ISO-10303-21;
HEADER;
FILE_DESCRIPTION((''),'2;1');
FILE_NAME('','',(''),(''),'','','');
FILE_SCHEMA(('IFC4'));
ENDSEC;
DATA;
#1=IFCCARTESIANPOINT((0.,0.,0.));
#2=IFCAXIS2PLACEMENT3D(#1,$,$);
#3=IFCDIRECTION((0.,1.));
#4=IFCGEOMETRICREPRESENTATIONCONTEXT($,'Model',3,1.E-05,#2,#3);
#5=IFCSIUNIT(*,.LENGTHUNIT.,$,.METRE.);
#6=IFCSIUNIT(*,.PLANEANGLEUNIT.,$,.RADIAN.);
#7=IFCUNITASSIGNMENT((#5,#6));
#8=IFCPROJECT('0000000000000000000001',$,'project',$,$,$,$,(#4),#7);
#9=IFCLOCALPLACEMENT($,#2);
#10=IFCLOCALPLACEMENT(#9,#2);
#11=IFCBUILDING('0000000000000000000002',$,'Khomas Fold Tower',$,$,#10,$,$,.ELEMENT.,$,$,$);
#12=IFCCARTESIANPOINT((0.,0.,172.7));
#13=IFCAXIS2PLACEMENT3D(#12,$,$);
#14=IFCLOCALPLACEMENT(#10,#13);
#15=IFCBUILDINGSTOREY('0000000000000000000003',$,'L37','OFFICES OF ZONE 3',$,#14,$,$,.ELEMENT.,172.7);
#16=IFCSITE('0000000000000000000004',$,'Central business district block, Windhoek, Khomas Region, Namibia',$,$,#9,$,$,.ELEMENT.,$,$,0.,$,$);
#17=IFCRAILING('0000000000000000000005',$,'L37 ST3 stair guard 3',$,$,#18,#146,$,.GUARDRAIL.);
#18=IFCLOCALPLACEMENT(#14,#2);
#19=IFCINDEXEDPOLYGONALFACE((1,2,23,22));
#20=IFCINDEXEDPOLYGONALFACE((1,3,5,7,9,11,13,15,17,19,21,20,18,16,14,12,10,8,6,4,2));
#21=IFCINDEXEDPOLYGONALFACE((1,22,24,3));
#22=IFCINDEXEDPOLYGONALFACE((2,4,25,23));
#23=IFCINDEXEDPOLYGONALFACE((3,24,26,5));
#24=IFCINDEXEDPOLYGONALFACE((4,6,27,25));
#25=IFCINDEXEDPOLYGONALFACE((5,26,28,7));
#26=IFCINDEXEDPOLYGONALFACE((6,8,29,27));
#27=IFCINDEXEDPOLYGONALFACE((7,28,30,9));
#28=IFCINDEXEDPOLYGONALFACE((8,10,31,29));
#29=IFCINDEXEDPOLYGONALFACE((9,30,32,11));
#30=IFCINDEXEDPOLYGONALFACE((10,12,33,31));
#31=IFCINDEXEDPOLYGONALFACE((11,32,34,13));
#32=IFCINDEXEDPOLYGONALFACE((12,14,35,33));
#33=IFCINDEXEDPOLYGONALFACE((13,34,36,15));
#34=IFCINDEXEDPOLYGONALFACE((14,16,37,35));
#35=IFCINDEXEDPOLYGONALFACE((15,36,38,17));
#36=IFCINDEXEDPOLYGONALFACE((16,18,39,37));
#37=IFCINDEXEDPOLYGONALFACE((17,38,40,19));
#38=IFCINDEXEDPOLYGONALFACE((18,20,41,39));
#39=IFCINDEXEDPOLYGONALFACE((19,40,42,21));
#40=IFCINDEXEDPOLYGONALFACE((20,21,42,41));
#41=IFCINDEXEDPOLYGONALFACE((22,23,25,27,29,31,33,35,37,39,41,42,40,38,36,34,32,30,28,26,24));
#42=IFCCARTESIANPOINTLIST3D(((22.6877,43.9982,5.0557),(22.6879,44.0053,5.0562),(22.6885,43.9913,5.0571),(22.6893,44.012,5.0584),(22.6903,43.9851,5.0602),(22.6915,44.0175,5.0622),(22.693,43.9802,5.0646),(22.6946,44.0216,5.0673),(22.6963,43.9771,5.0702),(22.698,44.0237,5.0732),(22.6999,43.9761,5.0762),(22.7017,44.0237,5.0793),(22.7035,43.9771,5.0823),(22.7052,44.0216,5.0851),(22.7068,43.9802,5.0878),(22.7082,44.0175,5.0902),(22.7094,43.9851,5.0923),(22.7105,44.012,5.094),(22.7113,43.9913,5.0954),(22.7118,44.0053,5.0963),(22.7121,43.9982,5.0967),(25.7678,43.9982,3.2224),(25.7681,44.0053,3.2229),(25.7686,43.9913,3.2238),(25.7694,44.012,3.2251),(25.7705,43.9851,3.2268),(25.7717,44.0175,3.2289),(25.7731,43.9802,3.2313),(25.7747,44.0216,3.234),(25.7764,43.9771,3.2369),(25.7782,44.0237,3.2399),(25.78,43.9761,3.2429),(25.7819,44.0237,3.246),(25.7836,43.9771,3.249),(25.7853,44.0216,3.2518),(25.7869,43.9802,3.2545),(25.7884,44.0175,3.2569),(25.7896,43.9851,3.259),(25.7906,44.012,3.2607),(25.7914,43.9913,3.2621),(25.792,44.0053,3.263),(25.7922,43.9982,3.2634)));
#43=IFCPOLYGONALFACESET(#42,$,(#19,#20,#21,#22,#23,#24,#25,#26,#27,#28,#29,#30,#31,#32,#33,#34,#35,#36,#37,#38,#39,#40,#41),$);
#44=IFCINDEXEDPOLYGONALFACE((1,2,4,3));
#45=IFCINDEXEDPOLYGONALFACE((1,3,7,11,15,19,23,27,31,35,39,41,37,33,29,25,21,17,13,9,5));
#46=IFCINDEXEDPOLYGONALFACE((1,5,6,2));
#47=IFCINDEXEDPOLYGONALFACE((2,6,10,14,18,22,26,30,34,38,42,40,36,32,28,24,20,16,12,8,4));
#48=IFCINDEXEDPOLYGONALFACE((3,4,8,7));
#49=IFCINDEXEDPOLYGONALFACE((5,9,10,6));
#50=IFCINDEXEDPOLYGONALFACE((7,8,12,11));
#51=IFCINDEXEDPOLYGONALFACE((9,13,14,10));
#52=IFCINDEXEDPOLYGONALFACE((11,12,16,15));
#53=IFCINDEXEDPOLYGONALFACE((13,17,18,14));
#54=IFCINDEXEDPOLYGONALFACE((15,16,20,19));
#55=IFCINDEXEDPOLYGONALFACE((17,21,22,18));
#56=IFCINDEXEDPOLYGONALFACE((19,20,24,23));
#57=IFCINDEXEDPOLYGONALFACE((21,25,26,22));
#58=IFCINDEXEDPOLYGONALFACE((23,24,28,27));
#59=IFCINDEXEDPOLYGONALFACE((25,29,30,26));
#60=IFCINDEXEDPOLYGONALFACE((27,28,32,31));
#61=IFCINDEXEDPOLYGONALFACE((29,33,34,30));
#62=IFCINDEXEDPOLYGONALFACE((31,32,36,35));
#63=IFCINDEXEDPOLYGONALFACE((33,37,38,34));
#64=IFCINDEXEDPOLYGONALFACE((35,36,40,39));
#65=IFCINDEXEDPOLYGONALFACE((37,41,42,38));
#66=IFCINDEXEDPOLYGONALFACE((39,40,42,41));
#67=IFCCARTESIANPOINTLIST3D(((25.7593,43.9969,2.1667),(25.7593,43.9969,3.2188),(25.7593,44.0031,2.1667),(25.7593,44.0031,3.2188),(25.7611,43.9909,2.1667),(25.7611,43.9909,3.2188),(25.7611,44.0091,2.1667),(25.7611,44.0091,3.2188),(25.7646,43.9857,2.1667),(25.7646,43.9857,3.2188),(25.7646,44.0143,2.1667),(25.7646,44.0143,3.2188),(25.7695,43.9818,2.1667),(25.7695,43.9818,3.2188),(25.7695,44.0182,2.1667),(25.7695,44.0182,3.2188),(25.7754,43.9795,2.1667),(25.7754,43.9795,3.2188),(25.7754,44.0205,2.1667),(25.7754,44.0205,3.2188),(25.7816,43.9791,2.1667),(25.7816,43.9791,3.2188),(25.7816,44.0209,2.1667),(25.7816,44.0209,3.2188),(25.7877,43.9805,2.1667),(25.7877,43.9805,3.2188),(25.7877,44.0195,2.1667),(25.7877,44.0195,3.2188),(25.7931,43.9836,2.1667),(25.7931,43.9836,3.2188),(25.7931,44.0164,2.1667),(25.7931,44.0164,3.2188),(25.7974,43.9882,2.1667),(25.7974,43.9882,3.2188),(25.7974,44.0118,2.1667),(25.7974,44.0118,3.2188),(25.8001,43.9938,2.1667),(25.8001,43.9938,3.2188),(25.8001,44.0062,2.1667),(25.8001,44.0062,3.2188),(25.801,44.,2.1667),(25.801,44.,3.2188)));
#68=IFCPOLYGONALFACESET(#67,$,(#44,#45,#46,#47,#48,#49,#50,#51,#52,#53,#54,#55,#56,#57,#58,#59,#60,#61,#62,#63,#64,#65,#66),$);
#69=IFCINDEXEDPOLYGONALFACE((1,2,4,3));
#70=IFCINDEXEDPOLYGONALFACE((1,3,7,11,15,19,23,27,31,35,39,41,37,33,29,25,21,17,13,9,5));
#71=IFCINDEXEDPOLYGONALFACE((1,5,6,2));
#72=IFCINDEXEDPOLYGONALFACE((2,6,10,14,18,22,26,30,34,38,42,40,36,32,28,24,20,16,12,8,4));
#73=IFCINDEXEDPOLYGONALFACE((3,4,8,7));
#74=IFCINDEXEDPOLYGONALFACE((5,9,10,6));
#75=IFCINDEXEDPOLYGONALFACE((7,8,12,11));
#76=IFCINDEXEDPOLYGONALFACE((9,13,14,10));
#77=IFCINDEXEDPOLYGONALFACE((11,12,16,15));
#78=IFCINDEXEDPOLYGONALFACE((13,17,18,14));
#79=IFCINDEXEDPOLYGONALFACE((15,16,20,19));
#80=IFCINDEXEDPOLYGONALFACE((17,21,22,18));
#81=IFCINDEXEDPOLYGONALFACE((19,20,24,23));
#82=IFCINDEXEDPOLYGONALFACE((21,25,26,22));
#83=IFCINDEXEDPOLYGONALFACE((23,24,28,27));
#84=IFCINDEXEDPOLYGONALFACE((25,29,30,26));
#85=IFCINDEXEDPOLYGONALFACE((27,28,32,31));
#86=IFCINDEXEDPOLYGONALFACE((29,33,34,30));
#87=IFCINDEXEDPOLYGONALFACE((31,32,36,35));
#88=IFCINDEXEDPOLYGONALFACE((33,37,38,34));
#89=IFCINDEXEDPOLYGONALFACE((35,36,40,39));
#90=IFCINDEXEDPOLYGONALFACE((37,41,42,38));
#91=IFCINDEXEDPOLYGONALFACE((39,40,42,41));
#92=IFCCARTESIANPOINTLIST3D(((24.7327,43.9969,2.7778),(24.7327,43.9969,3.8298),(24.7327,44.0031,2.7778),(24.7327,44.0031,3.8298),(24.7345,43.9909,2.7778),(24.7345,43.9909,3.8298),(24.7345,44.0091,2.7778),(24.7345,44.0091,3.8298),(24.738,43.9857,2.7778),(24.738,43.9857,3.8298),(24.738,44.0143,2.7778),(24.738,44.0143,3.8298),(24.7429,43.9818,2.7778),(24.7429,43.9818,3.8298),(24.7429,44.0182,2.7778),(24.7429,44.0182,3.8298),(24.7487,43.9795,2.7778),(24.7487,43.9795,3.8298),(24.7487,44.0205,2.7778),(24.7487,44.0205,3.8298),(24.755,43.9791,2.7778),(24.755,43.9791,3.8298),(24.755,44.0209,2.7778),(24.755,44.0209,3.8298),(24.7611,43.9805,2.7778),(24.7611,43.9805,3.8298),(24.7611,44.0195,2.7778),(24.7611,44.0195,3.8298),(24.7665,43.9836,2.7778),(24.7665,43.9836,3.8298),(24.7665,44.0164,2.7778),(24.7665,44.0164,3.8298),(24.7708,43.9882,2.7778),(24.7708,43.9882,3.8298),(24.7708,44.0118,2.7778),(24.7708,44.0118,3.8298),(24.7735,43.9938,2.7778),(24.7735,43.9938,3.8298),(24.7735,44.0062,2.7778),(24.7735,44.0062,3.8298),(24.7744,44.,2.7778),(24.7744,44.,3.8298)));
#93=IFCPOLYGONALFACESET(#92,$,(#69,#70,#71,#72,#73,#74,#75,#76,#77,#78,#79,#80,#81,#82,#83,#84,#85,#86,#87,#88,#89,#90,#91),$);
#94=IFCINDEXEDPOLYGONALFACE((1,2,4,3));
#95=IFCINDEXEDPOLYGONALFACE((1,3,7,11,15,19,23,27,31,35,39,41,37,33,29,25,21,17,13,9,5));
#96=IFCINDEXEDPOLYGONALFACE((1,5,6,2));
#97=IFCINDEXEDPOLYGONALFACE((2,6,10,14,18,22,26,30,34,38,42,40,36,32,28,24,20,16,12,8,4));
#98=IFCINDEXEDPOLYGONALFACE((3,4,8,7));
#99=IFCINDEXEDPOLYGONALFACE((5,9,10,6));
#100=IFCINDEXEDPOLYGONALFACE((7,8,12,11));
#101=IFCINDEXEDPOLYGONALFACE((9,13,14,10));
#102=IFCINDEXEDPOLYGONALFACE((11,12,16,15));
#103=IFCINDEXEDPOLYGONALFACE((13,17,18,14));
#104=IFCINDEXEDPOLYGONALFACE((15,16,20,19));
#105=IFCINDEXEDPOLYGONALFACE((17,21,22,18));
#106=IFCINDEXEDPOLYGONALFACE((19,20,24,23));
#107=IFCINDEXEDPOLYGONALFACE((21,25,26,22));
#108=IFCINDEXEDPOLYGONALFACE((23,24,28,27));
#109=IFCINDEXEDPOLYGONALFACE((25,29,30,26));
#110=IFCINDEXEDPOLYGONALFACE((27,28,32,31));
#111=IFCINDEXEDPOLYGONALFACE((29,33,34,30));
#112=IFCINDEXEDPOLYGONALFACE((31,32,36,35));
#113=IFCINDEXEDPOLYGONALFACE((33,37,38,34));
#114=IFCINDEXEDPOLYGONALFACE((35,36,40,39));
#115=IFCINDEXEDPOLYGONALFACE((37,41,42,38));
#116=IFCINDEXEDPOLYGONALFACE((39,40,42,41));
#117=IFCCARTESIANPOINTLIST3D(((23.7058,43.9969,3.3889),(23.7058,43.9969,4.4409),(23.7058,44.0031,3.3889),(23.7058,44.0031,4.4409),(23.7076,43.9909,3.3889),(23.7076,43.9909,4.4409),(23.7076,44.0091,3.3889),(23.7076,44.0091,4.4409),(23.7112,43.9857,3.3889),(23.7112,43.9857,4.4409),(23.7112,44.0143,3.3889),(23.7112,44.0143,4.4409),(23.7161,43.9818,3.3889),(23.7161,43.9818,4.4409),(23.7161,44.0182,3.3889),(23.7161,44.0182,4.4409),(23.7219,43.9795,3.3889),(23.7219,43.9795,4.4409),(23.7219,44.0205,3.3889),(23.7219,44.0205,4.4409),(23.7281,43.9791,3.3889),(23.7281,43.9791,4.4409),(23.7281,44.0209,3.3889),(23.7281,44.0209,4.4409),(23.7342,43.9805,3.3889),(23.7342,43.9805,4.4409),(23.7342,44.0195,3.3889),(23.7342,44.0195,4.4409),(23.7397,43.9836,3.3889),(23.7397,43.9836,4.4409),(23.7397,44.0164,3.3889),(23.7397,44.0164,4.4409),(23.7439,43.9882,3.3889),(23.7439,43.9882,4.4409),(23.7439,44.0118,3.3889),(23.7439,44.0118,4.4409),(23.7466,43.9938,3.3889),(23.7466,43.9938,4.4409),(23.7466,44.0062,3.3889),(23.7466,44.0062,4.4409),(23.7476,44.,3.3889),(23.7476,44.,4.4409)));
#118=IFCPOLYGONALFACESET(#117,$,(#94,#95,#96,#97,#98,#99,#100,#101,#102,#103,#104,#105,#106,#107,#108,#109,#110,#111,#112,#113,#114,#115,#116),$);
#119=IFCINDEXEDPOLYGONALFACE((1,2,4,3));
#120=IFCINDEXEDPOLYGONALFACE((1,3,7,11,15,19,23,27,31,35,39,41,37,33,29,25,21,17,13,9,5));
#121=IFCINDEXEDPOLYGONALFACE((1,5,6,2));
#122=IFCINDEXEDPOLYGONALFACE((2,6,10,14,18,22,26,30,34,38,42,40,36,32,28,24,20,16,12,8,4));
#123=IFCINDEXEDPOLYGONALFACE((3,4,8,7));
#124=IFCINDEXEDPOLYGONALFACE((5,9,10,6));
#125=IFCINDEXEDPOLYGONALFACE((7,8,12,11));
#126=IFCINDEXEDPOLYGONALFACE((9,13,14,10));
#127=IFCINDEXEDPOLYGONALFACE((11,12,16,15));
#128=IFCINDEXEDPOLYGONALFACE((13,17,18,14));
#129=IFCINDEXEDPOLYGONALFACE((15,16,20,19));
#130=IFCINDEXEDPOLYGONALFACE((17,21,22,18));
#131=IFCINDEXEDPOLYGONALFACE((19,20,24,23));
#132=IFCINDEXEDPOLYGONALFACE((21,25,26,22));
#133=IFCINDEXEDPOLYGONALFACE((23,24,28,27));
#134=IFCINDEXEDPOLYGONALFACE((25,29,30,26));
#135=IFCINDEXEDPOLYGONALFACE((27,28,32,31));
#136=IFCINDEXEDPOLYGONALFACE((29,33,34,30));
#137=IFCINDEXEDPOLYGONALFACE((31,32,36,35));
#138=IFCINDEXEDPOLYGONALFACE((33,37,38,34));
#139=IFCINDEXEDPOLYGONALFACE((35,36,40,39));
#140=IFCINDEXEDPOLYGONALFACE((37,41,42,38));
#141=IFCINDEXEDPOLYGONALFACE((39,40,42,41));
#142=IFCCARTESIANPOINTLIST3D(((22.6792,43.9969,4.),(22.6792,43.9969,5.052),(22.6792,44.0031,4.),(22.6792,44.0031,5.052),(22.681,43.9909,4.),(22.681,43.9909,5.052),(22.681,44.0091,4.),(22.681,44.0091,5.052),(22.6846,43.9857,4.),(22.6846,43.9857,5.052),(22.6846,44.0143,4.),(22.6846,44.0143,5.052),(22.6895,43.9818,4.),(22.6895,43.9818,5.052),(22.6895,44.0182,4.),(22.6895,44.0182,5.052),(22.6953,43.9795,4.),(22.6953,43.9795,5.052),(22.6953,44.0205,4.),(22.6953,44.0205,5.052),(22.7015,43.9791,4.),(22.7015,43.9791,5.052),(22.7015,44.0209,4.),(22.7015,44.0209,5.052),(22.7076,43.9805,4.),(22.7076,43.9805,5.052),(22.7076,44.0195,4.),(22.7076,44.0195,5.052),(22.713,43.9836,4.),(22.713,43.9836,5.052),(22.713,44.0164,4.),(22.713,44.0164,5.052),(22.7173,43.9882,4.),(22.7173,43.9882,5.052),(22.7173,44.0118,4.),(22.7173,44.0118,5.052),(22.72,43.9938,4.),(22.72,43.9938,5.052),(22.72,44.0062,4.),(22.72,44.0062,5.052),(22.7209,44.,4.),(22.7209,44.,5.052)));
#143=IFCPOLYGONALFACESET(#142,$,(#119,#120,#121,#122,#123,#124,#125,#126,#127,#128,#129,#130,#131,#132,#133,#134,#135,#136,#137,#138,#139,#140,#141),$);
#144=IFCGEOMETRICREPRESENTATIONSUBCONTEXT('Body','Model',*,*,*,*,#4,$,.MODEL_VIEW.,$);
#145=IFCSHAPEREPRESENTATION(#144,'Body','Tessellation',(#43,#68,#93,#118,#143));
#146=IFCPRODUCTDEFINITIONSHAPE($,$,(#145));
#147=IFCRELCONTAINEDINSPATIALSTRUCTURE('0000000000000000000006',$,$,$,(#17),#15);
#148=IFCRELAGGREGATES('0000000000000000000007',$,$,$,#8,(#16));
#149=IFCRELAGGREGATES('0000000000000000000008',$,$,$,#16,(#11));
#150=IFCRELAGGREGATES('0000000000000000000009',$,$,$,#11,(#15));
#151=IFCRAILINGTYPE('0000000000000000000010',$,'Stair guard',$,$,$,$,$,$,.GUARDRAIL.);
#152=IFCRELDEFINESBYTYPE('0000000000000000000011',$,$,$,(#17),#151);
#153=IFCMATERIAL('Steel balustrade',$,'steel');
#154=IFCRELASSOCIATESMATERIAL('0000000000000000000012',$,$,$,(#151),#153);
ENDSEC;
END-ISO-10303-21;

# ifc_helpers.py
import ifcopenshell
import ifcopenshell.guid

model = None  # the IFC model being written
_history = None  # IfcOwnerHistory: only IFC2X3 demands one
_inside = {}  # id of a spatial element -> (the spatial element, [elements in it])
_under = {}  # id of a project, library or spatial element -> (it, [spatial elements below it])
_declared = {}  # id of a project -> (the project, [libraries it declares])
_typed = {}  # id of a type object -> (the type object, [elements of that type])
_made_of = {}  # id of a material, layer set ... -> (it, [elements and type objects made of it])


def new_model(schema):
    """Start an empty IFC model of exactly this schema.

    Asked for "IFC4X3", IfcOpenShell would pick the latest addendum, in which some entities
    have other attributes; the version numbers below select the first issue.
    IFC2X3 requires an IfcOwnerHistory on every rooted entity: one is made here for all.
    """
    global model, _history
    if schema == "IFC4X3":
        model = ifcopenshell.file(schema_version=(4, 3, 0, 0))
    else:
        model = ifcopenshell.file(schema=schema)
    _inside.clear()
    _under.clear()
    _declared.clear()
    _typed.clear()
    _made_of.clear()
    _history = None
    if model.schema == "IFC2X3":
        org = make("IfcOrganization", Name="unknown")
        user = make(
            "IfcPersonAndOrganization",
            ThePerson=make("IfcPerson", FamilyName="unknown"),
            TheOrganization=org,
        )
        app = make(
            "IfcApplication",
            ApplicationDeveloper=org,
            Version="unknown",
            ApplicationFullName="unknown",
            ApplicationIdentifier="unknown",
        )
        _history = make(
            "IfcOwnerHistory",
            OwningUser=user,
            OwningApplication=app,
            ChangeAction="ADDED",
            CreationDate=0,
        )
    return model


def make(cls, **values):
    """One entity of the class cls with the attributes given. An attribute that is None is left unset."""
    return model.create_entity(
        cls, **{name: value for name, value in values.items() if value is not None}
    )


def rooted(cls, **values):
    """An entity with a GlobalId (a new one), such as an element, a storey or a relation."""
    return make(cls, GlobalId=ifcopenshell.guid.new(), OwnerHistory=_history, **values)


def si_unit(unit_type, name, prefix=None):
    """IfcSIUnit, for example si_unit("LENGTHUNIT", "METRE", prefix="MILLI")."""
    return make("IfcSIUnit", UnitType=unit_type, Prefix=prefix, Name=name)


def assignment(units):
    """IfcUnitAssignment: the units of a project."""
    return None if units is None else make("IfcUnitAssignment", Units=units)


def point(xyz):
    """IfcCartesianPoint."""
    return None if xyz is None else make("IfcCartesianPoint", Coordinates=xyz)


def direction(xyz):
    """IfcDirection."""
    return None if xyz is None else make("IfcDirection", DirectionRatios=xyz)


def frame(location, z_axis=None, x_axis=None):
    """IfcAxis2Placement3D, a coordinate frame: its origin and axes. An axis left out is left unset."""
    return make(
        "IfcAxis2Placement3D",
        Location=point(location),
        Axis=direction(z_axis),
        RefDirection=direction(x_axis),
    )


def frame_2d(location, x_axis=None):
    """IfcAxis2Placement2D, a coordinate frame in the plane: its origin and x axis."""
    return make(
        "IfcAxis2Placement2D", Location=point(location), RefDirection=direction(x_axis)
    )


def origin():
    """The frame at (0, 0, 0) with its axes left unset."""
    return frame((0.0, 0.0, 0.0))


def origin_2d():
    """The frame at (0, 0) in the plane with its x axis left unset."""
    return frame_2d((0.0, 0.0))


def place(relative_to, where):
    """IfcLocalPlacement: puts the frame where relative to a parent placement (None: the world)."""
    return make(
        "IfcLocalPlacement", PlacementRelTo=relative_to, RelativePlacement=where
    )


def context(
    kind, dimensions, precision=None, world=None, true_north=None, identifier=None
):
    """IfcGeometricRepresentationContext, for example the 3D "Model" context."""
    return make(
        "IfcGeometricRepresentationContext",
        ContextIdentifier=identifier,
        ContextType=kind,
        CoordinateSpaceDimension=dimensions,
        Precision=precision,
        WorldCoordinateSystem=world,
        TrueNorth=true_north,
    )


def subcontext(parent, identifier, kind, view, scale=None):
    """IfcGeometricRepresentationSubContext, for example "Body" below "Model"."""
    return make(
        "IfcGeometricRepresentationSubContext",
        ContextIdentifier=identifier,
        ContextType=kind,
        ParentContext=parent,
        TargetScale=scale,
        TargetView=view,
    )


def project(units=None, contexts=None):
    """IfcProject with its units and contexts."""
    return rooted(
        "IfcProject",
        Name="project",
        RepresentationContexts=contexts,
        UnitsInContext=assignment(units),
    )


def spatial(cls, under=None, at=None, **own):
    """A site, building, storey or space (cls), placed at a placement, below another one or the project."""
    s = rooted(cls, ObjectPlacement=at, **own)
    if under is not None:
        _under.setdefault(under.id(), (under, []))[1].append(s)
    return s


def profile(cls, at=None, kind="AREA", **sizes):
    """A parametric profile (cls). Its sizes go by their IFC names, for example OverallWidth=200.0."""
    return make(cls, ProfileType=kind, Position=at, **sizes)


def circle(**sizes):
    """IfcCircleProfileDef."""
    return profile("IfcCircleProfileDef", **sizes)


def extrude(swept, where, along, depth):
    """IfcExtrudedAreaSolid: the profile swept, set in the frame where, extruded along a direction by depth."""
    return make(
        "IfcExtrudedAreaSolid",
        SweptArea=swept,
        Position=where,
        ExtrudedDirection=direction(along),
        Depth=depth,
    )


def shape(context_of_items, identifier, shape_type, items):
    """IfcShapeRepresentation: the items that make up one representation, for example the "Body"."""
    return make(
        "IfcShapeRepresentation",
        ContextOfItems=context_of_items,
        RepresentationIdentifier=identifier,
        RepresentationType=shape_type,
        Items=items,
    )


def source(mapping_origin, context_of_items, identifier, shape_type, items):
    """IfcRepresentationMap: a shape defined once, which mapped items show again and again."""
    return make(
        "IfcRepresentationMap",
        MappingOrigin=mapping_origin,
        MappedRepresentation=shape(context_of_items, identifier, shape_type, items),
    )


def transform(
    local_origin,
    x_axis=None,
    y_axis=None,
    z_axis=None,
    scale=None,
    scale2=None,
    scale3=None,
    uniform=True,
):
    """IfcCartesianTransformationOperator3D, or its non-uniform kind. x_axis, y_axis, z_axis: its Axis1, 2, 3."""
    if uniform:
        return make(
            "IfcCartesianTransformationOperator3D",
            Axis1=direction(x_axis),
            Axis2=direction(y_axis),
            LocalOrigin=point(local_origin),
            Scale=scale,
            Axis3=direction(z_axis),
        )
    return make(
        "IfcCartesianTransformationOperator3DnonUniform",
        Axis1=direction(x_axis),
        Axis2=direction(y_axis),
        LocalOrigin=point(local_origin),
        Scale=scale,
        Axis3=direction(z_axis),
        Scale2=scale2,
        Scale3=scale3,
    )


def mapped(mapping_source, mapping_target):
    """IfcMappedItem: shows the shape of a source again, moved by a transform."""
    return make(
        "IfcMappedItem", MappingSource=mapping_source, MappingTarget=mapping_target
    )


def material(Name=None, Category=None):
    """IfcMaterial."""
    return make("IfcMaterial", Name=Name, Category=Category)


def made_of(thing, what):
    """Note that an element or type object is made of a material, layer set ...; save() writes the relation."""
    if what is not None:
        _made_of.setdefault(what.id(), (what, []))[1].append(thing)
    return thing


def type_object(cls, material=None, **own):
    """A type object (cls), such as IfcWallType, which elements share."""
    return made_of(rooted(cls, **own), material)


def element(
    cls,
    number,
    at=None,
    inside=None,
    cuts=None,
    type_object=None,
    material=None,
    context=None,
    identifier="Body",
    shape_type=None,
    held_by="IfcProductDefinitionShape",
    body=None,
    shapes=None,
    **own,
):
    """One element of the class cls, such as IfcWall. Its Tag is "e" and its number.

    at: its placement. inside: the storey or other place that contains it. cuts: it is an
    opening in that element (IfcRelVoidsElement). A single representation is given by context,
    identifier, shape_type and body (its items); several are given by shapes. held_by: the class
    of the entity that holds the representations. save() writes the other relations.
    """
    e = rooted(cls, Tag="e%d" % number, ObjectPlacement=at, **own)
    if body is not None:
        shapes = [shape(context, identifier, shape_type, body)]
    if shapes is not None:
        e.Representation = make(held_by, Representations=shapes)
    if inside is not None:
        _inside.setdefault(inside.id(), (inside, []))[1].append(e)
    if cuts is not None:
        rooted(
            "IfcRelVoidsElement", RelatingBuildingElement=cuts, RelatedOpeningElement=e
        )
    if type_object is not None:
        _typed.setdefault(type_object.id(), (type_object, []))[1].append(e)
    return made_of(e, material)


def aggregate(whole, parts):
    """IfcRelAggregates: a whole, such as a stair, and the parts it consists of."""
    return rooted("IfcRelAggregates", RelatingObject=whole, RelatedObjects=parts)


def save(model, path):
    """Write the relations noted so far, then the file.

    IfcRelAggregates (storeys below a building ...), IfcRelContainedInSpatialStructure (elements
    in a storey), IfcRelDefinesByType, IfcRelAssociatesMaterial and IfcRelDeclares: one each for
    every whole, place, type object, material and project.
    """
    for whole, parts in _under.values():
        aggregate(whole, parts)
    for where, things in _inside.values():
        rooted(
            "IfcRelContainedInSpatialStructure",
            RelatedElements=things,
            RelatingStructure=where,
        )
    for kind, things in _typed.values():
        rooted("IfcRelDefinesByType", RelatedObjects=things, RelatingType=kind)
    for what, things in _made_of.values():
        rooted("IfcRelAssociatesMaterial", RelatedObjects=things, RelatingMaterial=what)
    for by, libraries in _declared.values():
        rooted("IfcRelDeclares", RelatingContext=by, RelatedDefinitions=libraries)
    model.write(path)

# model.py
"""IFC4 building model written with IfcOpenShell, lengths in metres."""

from ifc_helpers import new_model, si_unit, direction, frame, origin, origin_2d, place, context, subcontext, project, spatial, circle, extrude, source, transform, mapped, material, type_object, element, save


model = new_model("IFC4")

# Units and contexts
model_context = context("Model", 3, precision=1e-05, world=origin(), true_north=direction((0.0, 1.0)))
body_context = subcontext(model_context, "Body", "Model", "MODEL_VIEW")
ifc_project = project(units=[si_unit("LENGTHUNIT", "METRE"), si_unit("PLANEANGLEUNIT", "RADIAN")], contexts=[model_context])

# Site, building, storey
site_placement = place(None, origin())
site = spatial("IfcSite", under=ifc_project, at=site_placement, Name="Central business district block, Windhoek, Khomas Region, Namibia", CompositionType="ELEMENT", RefElevation=0.0)
building_placement = place(site_placement, origin())
building = spatial("IfcBuilding", under=site, at=building_placement, Name="Khomas Fold Tower", CompositionType="ELEMENT")
storey_placement = place(building_placement, frame((0.0, 0.0, 172.7)))
storey = spatial("IfcBuildingStorey", under=building, at=storey_placement, Name="L37", Description="OFFICES OF ZONE 3", CompositionType="ELEMENT", Elevation=172.7)

# Railing
ifc_material_1 = material(Name="Steel balustrade", Category="steel")
railing_type_1 = type_object("IfcRailingType", Name="Stair guard", PredefinedType="GUARDRAIL", material=ifc_material_1)
shared_shape_1 = source(origin(), body_context, "Body", "SweptSolid", [
    extrude(circle(Radius=0.0239, at=origin_2d()), frame((0.0, 0.0, 1.0762), z_axis=(-0.859309, 0.0, 0.511458), x_axis=(0.0, -1.0, 0.0)), (0.0, 0.0, 1.0), 3.5845),
    extrude(circle(Radius=0.021, at=origin_2d()), origin(), (0.0, 0.0, 1.0), 1.052),
    extrude(circle(Radius=0.021, at=origin_2d()), frame((-1.0266, 0.0, 0.6111)), (0.0, 0.0, 1.0), 1.052),
    extrude(circle(Radius=0.021, at=origin_2d()), frame((-2.0535, 0.0, 1.2222)), (0.0, 0.0, 1.0), 1.052),
    extrude(circle(Radius=0.021, at=origin_2d()), frame((-3.0801, 0.0, 1.8333)), (0.0, 0.0, 1.0), 1.052),
])
railing_1_placement = place(storey_placement, frame((25.78, 44.0, 2.1667)))
element("IfcRailing", 1, at=railing_1_placement, inside=storey, type_object=railing_type_1, Name="L37 ST3 stair guard 3", PredefinedType="GUARDRAIL", context=body_context, shape_type="MappedRepresentation", body=[
    mapped(shared_shape_1, transform((0.0, 0.0, 0.0))),
])

save(model, "model.ifc")
